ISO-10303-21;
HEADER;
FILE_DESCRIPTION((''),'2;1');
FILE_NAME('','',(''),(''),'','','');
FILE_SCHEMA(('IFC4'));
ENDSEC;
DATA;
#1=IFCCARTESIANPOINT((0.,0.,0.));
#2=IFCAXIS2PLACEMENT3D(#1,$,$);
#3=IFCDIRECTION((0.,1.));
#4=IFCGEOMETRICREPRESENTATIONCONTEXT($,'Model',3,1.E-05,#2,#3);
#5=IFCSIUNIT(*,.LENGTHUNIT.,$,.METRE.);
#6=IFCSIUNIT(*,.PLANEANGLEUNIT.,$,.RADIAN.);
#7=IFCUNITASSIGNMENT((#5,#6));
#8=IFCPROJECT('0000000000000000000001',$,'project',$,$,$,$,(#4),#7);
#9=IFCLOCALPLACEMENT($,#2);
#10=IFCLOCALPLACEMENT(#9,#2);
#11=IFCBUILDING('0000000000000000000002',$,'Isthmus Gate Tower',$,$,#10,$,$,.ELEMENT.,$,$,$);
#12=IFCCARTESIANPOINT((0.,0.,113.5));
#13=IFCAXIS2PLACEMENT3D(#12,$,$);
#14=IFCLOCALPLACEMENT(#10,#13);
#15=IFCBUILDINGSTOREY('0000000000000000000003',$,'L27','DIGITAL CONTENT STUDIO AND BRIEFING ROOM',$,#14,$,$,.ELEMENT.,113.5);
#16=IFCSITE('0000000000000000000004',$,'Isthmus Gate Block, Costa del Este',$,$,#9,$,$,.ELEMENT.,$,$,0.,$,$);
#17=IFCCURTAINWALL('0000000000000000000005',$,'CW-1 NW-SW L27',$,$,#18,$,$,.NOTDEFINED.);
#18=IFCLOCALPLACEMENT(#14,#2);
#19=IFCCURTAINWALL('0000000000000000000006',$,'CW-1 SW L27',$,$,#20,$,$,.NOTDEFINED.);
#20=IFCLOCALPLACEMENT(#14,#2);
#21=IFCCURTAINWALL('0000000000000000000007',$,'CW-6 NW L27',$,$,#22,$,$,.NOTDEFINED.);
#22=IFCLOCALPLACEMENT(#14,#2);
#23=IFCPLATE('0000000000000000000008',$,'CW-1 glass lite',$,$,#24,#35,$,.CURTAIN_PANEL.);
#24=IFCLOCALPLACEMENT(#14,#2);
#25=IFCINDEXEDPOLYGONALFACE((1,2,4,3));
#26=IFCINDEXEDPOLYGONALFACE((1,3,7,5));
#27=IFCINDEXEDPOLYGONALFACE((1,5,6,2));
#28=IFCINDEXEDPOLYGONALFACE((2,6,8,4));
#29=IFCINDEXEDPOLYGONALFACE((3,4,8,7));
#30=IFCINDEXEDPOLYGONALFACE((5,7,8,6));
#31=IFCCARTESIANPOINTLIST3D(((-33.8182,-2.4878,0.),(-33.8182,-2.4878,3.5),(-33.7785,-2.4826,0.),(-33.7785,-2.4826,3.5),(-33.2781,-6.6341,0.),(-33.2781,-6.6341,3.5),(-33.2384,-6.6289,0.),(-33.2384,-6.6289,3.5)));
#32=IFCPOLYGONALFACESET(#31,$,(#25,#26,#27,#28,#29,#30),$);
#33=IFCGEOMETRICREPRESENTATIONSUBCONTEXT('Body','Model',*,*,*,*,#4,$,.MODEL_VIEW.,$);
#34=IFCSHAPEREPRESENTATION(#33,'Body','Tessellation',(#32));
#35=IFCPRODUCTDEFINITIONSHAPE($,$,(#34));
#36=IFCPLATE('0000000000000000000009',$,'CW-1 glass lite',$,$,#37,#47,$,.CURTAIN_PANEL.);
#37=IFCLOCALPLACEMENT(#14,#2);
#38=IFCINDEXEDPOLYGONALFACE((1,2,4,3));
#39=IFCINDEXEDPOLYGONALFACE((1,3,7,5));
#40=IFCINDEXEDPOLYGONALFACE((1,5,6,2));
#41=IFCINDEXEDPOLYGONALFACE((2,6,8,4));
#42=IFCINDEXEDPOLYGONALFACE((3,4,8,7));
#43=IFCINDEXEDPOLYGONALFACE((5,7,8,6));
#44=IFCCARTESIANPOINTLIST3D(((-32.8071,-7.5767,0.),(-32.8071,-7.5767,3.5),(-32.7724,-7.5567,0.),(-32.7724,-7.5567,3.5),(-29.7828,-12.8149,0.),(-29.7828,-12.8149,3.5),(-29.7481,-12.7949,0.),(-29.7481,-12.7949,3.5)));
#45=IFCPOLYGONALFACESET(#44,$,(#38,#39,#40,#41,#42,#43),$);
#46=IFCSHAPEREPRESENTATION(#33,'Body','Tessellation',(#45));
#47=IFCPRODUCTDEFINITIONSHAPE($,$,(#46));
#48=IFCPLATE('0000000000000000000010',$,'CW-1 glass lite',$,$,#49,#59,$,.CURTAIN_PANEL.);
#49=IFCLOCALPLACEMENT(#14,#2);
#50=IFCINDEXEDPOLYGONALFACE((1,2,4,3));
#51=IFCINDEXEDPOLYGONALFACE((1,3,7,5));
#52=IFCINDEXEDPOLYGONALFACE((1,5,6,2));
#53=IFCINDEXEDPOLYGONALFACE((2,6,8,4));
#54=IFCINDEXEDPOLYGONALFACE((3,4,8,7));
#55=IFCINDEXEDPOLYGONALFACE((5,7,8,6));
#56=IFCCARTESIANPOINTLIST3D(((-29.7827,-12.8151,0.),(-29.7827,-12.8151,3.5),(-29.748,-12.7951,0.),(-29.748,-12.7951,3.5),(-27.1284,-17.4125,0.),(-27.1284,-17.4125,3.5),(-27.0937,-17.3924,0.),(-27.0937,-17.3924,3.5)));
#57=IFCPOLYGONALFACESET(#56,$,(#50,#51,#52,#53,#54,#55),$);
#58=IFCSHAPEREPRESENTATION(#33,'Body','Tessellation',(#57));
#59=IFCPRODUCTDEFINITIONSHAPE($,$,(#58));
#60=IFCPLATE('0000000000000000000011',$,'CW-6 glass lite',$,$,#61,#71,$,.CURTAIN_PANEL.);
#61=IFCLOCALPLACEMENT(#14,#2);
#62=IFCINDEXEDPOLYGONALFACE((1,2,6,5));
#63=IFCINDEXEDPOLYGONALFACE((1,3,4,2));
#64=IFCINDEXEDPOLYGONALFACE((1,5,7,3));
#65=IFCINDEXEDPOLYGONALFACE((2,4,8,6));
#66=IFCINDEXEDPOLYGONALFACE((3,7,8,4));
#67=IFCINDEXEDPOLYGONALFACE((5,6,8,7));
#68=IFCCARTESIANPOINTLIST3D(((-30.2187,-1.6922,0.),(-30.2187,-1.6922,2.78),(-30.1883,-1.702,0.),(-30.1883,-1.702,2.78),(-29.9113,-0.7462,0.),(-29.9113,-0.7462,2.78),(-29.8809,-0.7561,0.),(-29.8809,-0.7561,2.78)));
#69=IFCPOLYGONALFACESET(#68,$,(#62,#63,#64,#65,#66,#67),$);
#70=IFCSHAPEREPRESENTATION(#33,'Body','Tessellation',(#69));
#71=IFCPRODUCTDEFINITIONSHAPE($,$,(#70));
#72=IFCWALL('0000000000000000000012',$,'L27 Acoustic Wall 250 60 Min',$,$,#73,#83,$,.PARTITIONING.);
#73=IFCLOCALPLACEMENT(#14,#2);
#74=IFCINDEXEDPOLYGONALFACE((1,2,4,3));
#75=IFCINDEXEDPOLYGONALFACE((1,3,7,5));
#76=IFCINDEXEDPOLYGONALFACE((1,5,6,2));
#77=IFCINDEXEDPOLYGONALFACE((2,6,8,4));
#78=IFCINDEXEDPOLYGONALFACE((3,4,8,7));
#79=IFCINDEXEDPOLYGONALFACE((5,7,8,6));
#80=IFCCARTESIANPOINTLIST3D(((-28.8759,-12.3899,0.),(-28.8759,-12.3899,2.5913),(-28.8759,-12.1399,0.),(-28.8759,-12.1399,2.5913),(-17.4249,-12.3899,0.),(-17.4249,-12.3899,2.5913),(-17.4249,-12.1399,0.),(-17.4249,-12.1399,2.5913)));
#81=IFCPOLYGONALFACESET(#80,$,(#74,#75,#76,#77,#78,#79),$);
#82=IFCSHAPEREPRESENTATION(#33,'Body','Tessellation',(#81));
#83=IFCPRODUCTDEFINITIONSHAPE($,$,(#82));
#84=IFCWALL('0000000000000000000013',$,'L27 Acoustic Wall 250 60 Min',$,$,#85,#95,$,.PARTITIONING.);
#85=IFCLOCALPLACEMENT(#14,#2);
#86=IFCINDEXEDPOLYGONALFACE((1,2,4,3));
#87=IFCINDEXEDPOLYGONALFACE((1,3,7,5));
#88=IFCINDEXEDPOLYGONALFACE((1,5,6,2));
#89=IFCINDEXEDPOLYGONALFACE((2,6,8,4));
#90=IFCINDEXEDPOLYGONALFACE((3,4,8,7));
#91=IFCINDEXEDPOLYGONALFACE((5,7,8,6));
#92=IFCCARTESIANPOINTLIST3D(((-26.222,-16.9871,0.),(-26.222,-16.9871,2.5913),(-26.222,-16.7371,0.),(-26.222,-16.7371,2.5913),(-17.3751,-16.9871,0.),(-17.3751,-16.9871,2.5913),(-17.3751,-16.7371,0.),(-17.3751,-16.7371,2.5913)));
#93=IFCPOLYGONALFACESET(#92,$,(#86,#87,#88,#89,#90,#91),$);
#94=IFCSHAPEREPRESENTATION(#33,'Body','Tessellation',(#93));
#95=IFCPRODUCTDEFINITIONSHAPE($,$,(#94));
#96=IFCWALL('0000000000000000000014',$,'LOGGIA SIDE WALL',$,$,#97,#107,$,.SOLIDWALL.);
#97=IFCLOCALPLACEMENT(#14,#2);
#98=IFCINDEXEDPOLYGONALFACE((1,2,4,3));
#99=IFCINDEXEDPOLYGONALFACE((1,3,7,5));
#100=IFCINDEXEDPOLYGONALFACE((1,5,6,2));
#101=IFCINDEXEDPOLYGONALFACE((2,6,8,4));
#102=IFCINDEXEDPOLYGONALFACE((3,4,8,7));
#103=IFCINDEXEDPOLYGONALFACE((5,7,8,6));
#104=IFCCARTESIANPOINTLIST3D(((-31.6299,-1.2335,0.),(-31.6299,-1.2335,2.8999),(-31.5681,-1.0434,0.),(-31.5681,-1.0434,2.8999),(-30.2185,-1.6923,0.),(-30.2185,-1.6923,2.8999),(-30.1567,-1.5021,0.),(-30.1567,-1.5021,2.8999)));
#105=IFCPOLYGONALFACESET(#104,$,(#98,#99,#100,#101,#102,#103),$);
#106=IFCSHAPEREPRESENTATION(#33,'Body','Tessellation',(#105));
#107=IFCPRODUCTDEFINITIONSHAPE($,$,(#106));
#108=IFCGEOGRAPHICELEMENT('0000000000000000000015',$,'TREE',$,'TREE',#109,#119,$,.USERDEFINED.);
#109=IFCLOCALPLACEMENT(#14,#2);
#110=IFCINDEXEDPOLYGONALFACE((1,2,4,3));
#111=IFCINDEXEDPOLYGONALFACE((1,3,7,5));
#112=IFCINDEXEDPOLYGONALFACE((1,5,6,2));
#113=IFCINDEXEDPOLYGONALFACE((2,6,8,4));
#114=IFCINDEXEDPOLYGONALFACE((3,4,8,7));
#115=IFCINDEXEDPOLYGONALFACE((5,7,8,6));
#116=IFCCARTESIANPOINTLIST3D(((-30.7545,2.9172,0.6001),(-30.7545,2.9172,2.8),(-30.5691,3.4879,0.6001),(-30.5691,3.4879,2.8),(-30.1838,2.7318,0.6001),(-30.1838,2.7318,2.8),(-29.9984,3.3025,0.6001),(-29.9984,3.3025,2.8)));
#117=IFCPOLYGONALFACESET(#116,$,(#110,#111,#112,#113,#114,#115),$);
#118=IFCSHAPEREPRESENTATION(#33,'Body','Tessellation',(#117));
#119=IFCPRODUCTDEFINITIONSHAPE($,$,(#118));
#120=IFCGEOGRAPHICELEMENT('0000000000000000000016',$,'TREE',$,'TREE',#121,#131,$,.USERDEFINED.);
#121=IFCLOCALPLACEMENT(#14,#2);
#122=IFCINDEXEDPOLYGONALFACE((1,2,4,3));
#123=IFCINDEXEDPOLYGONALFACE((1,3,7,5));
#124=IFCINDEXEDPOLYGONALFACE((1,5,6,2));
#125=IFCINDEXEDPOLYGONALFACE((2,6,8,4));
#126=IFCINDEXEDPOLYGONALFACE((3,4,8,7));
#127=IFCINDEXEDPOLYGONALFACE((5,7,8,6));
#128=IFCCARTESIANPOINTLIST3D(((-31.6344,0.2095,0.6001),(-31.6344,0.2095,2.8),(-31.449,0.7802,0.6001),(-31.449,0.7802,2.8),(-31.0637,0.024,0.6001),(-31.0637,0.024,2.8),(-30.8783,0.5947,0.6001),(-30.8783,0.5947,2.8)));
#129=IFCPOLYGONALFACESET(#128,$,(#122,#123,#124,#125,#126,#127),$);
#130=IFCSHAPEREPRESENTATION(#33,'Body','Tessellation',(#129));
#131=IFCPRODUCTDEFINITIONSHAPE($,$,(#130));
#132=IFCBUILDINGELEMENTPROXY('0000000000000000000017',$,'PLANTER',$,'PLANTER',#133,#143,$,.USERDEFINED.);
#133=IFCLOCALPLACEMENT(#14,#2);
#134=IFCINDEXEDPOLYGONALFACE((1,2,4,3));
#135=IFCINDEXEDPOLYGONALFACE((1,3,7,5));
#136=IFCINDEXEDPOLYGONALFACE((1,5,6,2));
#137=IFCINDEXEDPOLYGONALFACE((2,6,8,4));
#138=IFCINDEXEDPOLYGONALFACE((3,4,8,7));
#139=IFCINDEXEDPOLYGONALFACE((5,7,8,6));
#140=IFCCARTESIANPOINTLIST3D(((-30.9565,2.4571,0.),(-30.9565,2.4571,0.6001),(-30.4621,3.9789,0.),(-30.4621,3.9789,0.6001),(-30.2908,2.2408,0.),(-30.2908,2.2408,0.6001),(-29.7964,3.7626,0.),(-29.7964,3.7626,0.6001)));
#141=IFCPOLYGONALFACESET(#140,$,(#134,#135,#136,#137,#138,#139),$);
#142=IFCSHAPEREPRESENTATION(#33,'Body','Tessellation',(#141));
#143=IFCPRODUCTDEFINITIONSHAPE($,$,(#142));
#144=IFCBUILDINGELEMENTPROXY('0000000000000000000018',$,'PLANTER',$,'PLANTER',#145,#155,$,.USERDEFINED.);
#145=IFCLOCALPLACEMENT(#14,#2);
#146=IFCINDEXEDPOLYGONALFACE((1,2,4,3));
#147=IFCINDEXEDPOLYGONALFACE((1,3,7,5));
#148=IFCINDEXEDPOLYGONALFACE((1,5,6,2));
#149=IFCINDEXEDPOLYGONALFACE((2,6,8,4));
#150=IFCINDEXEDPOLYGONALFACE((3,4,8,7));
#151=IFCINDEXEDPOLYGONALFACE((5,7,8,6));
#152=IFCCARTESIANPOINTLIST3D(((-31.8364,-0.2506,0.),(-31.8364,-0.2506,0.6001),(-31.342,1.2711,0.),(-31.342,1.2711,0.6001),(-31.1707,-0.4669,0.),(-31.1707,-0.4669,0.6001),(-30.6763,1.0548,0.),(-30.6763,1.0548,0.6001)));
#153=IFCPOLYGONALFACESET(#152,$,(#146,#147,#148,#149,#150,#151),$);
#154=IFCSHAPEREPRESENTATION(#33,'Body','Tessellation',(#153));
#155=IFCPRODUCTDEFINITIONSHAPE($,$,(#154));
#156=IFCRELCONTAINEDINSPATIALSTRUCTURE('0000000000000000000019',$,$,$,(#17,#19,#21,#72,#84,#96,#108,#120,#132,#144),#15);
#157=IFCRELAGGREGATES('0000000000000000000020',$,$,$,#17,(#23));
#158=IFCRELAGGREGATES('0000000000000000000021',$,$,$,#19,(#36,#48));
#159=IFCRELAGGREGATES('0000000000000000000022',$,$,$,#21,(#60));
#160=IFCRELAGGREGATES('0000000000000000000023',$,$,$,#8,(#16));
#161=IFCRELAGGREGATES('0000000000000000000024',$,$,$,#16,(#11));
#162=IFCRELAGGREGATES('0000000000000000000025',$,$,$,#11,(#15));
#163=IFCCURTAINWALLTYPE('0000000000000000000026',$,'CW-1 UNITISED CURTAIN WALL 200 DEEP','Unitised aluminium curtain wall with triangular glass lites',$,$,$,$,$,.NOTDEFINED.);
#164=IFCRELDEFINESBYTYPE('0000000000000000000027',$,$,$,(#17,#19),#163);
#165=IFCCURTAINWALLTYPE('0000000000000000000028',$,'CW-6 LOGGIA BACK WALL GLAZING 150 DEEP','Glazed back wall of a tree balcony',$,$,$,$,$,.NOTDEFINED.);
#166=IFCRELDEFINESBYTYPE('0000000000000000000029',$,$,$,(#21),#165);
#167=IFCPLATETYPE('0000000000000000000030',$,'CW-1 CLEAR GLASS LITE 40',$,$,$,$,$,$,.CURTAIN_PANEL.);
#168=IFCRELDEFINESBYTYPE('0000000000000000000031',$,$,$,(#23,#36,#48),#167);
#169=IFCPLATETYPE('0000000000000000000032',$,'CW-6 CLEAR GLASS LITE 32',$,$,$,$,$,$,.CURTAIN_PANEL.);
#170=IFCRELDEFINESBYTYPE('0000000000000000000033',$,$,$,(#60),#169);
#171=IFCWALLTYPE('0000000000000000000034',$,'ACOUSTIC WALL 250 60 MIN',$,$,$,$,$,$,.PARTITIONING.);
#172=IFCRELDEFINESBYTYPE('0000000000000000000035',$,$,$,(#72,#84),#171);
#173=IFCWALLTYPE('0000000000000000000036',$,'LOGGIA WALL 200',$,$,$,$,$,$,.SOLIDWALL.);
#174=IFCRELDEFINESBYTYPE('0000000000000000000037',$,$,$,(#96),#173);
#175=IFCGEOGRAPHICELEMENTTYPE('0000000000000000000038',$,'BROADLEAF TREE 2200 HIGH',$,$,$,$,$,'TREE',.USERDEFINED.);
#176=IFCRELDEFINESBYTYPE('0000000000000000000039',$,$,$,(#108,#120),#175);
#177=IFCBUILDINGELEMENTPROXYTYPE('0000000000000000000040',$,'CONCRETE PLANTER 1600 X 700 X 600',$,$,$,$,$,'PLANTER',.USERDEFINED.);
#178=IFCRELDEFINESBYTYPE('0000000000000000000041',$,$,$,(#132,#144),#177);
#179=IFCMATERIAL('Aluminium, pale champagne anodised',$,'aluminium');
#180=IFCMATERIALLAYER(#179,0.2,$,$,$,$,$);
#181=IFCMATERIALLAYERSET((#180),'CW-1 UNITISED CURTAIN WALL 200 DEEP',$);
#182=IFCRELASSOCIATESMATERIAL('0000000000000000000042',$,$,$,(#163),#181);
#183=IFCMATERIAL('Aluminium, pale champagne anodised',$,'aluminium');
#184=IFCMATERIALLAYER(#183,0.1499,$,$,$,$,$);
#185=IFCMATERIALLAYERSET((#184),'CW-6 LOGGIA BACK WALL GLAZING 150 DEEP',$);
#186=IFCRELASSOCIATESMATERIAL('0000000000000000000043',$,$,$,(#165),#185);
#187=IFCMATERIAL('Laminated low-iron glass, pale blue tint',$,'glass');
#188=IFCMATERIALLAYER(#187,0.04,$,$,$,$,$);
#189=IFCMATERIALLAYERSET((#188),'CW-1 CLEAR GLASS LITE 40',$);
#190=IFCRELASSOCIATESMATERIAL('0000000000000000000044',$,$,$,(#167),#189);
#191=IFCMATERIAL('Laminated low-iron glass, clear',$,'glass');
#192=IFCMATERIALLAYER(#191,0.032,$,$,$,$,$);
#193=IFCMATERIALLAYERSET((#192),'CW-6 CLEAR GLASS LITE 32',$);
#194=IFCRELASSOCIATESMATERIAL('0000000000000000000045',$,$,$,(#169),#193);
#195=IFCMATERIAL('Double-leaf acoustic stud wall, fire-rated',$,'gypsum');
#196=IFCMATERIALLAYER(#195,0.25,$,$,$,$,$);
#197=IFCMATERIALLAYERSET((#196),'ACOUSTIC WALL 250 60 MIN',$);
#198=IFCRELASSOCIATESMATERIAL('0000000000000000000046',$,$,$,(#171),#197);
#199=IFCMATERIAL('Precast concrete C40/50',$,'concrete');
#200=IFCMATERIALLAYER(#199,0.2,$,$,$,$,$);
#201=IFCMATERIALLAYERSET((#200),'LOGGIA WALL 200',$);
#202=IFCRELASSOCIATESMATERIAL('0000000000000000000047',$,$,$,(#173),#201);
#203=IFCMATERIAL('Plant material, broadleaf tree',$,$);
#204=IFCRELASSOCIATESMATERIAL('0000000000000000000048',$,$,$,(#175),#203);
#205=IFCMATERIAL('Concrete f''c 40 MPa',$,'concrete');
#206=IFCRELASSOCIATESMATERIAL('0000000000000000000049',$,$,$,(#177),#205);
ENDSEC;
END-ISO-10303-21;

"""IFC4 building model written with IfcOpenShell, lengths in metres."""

from ifc_helpers import new_model, si_unit, direction, frame, frame_2d, origin, origin_2d, place, context, subcontext, project, spatial, rectangle, extrude, material, layer, layer_set, type_object, element, aggregate, save


model = new_model("IFC4")

# Units and contexts
model_context = context("Model", 3, precision=1e-05, world=origin(), true_north=direction((0.0, 1.0)))
body_context = subcontext(model_context, "Body", "Model", "MODEL_VIEW")
ifc_project = project(units=[si_unit("LENGTHUNIT", "METRE"), si_unit("PLANEANGLEUNIT", "RADIAN")], contexts=[model_context])

# Site, building, storey
site_placement = place(None, origin())
site = spatial("IfcSite", under=ifc_project, at=site_placement, Name="Isthmus Gate Block, Costa del Este", CompositionType="ELEMENT", RefElevation=0.0)
building_placement = place(site_placement, origin())
building = spatial("IfcBuilding", under=site, at=building_placement, Name="Isthmus Gate Tower", CompositionType="ELEMENT")
storey_placement = place(building_placement, frame((0.0, 0.0, 113.5)))
storey = spatial("IfcBuildingStorey", under=building, at=storey_placement, Name="L27", Description="DIGITAL CONTENT STUDIO AND BRIEFING ROOM", CompositionType="ELEMENT", Elevation=113.5)

# Curtain wall
ifc_material_1 = material(Name="Aluminium, pale champagne anodised", Category="aluminium")
ifc_layer_1 = layer(ifc_material_1, 0.2)
ifc_layer_set_1 = layer_set([ifc_layer_1], Name="CW-1 UNITISED CURTAIN WALL 200 DEEP")
curtain_wall_type_1 = type_object("IfcCurtainWallType", Name="CW-1 UNITISED CURTAIN WALL 200 DEEP", Description="Unitised aluminium curtain wall with triangular glass lites", PredefinedType="NOTDEFINED", material=ifc_layer_set_1)
curtain_wall_1_placement = place(storey_placement, origin())
curtain_wall_1 = element("IfcCurtainWall", 1, at=curtain_wall_1_placement, inside=storey, type_object=curtain_wall_type_1, Name="CW-1 NW-SW L27", PredefinedType="NOTDEFINED")

# Curtain wall
curtain_wall_2_placement = place(storey_placement, origin())
curtain_wall_2 = element("IfcCurtainWall", 2, at=curtain_wall_2_placement, inside=storey, type_object=curtain_wall_type_1, Name="CW-1 SW L27", PredefinedType="NOTDEFINED")

# Curtain wall
ifc_material_2 = material(Name="Aluminium, pale champagne anodised", Category="aluminium")
ifc_layer_2 = layer(ifc_material_2, 0.1499)
ifc_layer_set_2 = layer_set([ifc_layer_2], Name="CW-6 LOGGIA BACK WALL GLAZING 150 DEEP")
curtain_wall_type_2 = type_object("IfcCurtainWallType", Name="CW-6 LOGGIA BACK WALL GLAZING 150 DEEP", Description="Glazed back wall of a tree balcony", PredefinedType="NOTDEFINED", material=ifc_layer_set_2)
curtain_wall_3_placement = place(storey_placement, origin())
curtain_wall_3 = element("IfcCurtainWall", 3, at=curtain_wall_3_placement, inside=storey, type_object=curtain_wall_type_2, Name="CW-6 NW L27", PredefinedType="NOTDEFINED")

# Plates
ifc_material_3 = material(Name="Laminated low-iron glass, pale blue tint", Category="glass")
ifc_layer_3 = layer(ifc_material_3, 0.04)
ifc_layer_set_3 = layer_set([ifc_layer_3], Name="CW-1 CLEAR GLASS LITE 40")
plate_type_1 = type_object("IfcPlateType", Name="CW-1 CLEAR GLASS LITE 40", PredefinedType="CURTAIN_PANEL", material=ifc_layer_set_3)
plate_1_placement = place(storey_placement, frame((-33.5283, -4.5583, 0.0), z_axis=(0.0, 0.0, 1.0), x_axis=(0.129165, -0.991623, 0.0)))
plate_1 = element("IfcPlate", 4, at=plate_1_placement, type_object=plate_type_1, Name="CW-1 glass lite", PredefinedType="CURTAIN_PANEL", context=body_context, shape_type="SweptSolid", body=[
    extrude(rectangle(XDim=4.1814, YDim=0.04, at=origin_2d()), origin(), (0.0, 0.0, 1.0), 3.5),
])
aggregate(curtain_wall_1, [plate_1])
plate_2_placement = place(storey_placement, frame((-31.2776, -10.1858, 0.0), z_axis=(0.0, 0.0, 1.0), x_axis=(0.5, -0.866025, 0.0)))
plate_2 = element("IfcPlate", 5, at=plate_2_placement, type_object=plate_type_1, Name="CW-1 glass lite", PredefinedType="CURTAIN_PANEL", context=body_context, shape_type="SweptSolid", body=[
    extrude(rectangle(XDim=6.0486, YDim=0.04, at=origin_2d()), origin(), (0.0, 0.0, 1.0), 3.5),
])
plate_3_placement = place(storey_placement, frame((-28.4382, -15.1038, 0.0), z_axis=(0.0, 0.0, 1.0), x_axis=(0.5, -0.866025, 0.0)))
plate_3 = element("IfcPlate", 6, at=plate_3_placement, type_object=plate_type_1, Name="CW-1 glass lite", PredefinedType="CURTAIN_PANEL", context=body_context, shape_type="SweptSolid", body=[
    extrude(rectangle(XDim=5.3086, YDim=0.04, at=origin_2d()), origin(), (0.0, 0.0, 1.0), 3.5),
])
aggregate(curtain_wall_2, [plate_2, plate_3])
ifc_material_4 = material(Name="Laminated low-iron glass, clear", Category="glass")
ifc_layer_4 = layer(ifc_material_4, 0.032)
ifc_layer_set_4 = layer_set([ifc_layer_4], Name="CW-6 CLEAR GLASS LITE 32")
plate_type_2 = type_object("IfcPlateType", Name="CW-6 CLEAR GLASS LITE 32", PredefinedType="CURTAIN_PANEL", material=ifc_layer_set_4)
plate_4_placement = place(storey_placement, frame((-30.0498, -1.2241, 0.0), z_axis=(0.0, 0.0, 1.0), x_axis=(-0.309017, -0.951057, 0.0)))
plate_4 = element("IfcPlate", 7, at=plate_4_placement, type_object=plate_type_2, Name="CW-6 glass lite", PredefinedType="CURTAIN_PANEL", context=body_context, shape_type="SweptSolid", body=[
    extrude(rectangle(XDim=0.9946, YDim=0.032, at=origin_2d()), origin(), (0.0, 0.0, 1.0), 2.78),
])
aggregate(curtain_wall_3, [plate_4])

# Walls
ifc_material_5 = material(Name="Double-leaf acoustic stud wall, fire-rated", Category="gypsum")
ifc_layer_5 = layer(ifc_material_5, 0.25)
ifc_layer_set_5 = layer_set([ifc_layer_5], Name="ACOUSTIC WALL 250 60 MIN")
wall_type_1 = type_object("IfcWallType", Name="ACOUSTIC WALL 250 60 MIN", PredefinedType="PARTITIONING", material=ifc_layer_set_5)
wall_1_placement = place(storey_placement, frame((-28.876, -12.2649, 0.0), z_axis=(0.0, 0.0, 1.0), x_axis=(1.0, 0.0, 0.0)))
element("IfcWall", 8, at=wall_1_placement, inside=storey, type_object=wall_type_1, Name="L27 Acoustic Wall 250 60 Min", PredefinedType="PARTITIONING", context=body_context, shape_type="SweptSolid", body=[
    extrude(rectangle(XDim=11.4509, YDim=0.25, at=frame_2d((5.7256, 0.0))), origin(), (0.0, 0.0, 1.0), 2.5913),
])
wall_2_placement = place(storey_placement, frame((-26.2219, -16.8621, 0.0), z_axis=(0.0, 0.0, 1.0), x_axis=(1.0, 0.0, 0.0)))
element("IfcWall", 9, at=wall_2_placement, inside=storey, type_object=wall_type_1, Name="L27 Acoustic Wall 250 60 Min", PredefinedType="PARTITIONING", context=body_context, shape_type="SweptSolid", body=[
    extrude(rectangle(XDim=8.8469, YDim=0.25, at=frame_2d((4.4233, 0.0))), origin(), (0.0, 0.0, 1.0), 2.5913),
])

# Shared definitions
ifc_material_6 = material(Name="Precast concrete C40/50", Category="concrete")
ifc_layer_6 = layer(ifc_material_6, 0.2)
ifc_layer_set_6 = layer_set([ifc_layer_6], Name="LOGGIA WALL 200")
wall_type_2 = type_object("IfcWallType", Name="LOGGIA WALL 200", PredefinedType="SOLIDWALL", material=ifc_layer_set_6)

# Wall
wall_3_placement = place(storey_placement, frame((-31.5991, -1.1384, 0.0), z_axis=(0.0, 0.0, 1.0), x_axis=(0.951026, -0.309112, 0.0)))
element("IfcWall", 10, at=wall_3_placement, inside=storey, type_object=wall_type_2, Name="LOGGIA SIDE WALL", PredefinedType="SOLIDWALL", context=body_context, shape_type="SweptSolid", body=[
    extrude(rectangle(XDim=1.4841, YDim=0.2, at=frame_2d((0.7422, 0.0))), origin(), (0.0, 0.0, 1.0), 2.8999),
])

# Geographic elements
ifc_material_7 = material(Name="Plant material, broadleaf tree")
geographic_element_type = type_object("IfcGeographicElementType", Name="BROADLEAF TREE 2200 HIGH", ElementType="TREE", PredefinedType="USERDEFINED", material=ifc_material_7)
for number, where, z_axis, x_axis, name in (
    (11, (-30.3765, 3.1099, 0.6001), (0.0, 0.0, 1.0), (-0.309017, -0.951057, 0.0), "TREE"),
    (12, (-31.2563, 0.4021, 0.6001), (0.0, 0.0, 1.0), (-0.309017, -0.951057, 0.0), "TREE"),
):
    element("IfcGeographicElement", number, at=place(storey_placement, frame(where, z_axis=z_axis, x_axis=x_axis)), inside=storey, type_object=geographic_element_type, Name=name, ObjectType="TREE", PredefinedType="USERDEFINED", context=body_context, shape_type="SweptSolid", body=[
        extrude(rectangle(XDim=0.6001, YDim=0.6001, at=origin_2d()), origin(), (0.0, 0.0, 1.0), 2.2),
    ])

# Building element proxies
ifc_material_8 = material(Name="Concrete f'c 40 MPa", Category="concrete")
building_element_proxy_type = type_object("IfcBuildingElementProxyType", Name="CONCRETE PLANTER 1600 X 700 X 600", ElementType="PLANTER", PredefinedType="USERDEFINED", material=ifc_material_8)
for number, where, z_axis, x_axis, name in (
    (13, (-30.3765, 3.1099, 0.0), (0.0, 0.0, 1.0), (-0.309017, -0.951057, 0.0), "PLANTER"),
    (14, (-31.2563, 0.4021, 0.0), (0.0, 0.0, 1.0), (-0.309017, -0.951057, 0.0), "PLANTER"),
):
    element("IfcBuildingElementProxy", number, at=place(storey_placement, frame(where, z_axis=z_axis, x_axis=x_axis)), inside=storey, type_object=building_element_proxy_type, Name=name, ObjectType="PLANTER", PredefinedType="USERDEFINED", context=body_context, shape_type="SweptSolid", body=[
        extrude(rectangle(XDim=1.6001, YDim=0.7, at=origin_2d()), origin(), (0.0, 0.0, 1.0), 0.6001),
    ])

save(model, "model.ifc")
